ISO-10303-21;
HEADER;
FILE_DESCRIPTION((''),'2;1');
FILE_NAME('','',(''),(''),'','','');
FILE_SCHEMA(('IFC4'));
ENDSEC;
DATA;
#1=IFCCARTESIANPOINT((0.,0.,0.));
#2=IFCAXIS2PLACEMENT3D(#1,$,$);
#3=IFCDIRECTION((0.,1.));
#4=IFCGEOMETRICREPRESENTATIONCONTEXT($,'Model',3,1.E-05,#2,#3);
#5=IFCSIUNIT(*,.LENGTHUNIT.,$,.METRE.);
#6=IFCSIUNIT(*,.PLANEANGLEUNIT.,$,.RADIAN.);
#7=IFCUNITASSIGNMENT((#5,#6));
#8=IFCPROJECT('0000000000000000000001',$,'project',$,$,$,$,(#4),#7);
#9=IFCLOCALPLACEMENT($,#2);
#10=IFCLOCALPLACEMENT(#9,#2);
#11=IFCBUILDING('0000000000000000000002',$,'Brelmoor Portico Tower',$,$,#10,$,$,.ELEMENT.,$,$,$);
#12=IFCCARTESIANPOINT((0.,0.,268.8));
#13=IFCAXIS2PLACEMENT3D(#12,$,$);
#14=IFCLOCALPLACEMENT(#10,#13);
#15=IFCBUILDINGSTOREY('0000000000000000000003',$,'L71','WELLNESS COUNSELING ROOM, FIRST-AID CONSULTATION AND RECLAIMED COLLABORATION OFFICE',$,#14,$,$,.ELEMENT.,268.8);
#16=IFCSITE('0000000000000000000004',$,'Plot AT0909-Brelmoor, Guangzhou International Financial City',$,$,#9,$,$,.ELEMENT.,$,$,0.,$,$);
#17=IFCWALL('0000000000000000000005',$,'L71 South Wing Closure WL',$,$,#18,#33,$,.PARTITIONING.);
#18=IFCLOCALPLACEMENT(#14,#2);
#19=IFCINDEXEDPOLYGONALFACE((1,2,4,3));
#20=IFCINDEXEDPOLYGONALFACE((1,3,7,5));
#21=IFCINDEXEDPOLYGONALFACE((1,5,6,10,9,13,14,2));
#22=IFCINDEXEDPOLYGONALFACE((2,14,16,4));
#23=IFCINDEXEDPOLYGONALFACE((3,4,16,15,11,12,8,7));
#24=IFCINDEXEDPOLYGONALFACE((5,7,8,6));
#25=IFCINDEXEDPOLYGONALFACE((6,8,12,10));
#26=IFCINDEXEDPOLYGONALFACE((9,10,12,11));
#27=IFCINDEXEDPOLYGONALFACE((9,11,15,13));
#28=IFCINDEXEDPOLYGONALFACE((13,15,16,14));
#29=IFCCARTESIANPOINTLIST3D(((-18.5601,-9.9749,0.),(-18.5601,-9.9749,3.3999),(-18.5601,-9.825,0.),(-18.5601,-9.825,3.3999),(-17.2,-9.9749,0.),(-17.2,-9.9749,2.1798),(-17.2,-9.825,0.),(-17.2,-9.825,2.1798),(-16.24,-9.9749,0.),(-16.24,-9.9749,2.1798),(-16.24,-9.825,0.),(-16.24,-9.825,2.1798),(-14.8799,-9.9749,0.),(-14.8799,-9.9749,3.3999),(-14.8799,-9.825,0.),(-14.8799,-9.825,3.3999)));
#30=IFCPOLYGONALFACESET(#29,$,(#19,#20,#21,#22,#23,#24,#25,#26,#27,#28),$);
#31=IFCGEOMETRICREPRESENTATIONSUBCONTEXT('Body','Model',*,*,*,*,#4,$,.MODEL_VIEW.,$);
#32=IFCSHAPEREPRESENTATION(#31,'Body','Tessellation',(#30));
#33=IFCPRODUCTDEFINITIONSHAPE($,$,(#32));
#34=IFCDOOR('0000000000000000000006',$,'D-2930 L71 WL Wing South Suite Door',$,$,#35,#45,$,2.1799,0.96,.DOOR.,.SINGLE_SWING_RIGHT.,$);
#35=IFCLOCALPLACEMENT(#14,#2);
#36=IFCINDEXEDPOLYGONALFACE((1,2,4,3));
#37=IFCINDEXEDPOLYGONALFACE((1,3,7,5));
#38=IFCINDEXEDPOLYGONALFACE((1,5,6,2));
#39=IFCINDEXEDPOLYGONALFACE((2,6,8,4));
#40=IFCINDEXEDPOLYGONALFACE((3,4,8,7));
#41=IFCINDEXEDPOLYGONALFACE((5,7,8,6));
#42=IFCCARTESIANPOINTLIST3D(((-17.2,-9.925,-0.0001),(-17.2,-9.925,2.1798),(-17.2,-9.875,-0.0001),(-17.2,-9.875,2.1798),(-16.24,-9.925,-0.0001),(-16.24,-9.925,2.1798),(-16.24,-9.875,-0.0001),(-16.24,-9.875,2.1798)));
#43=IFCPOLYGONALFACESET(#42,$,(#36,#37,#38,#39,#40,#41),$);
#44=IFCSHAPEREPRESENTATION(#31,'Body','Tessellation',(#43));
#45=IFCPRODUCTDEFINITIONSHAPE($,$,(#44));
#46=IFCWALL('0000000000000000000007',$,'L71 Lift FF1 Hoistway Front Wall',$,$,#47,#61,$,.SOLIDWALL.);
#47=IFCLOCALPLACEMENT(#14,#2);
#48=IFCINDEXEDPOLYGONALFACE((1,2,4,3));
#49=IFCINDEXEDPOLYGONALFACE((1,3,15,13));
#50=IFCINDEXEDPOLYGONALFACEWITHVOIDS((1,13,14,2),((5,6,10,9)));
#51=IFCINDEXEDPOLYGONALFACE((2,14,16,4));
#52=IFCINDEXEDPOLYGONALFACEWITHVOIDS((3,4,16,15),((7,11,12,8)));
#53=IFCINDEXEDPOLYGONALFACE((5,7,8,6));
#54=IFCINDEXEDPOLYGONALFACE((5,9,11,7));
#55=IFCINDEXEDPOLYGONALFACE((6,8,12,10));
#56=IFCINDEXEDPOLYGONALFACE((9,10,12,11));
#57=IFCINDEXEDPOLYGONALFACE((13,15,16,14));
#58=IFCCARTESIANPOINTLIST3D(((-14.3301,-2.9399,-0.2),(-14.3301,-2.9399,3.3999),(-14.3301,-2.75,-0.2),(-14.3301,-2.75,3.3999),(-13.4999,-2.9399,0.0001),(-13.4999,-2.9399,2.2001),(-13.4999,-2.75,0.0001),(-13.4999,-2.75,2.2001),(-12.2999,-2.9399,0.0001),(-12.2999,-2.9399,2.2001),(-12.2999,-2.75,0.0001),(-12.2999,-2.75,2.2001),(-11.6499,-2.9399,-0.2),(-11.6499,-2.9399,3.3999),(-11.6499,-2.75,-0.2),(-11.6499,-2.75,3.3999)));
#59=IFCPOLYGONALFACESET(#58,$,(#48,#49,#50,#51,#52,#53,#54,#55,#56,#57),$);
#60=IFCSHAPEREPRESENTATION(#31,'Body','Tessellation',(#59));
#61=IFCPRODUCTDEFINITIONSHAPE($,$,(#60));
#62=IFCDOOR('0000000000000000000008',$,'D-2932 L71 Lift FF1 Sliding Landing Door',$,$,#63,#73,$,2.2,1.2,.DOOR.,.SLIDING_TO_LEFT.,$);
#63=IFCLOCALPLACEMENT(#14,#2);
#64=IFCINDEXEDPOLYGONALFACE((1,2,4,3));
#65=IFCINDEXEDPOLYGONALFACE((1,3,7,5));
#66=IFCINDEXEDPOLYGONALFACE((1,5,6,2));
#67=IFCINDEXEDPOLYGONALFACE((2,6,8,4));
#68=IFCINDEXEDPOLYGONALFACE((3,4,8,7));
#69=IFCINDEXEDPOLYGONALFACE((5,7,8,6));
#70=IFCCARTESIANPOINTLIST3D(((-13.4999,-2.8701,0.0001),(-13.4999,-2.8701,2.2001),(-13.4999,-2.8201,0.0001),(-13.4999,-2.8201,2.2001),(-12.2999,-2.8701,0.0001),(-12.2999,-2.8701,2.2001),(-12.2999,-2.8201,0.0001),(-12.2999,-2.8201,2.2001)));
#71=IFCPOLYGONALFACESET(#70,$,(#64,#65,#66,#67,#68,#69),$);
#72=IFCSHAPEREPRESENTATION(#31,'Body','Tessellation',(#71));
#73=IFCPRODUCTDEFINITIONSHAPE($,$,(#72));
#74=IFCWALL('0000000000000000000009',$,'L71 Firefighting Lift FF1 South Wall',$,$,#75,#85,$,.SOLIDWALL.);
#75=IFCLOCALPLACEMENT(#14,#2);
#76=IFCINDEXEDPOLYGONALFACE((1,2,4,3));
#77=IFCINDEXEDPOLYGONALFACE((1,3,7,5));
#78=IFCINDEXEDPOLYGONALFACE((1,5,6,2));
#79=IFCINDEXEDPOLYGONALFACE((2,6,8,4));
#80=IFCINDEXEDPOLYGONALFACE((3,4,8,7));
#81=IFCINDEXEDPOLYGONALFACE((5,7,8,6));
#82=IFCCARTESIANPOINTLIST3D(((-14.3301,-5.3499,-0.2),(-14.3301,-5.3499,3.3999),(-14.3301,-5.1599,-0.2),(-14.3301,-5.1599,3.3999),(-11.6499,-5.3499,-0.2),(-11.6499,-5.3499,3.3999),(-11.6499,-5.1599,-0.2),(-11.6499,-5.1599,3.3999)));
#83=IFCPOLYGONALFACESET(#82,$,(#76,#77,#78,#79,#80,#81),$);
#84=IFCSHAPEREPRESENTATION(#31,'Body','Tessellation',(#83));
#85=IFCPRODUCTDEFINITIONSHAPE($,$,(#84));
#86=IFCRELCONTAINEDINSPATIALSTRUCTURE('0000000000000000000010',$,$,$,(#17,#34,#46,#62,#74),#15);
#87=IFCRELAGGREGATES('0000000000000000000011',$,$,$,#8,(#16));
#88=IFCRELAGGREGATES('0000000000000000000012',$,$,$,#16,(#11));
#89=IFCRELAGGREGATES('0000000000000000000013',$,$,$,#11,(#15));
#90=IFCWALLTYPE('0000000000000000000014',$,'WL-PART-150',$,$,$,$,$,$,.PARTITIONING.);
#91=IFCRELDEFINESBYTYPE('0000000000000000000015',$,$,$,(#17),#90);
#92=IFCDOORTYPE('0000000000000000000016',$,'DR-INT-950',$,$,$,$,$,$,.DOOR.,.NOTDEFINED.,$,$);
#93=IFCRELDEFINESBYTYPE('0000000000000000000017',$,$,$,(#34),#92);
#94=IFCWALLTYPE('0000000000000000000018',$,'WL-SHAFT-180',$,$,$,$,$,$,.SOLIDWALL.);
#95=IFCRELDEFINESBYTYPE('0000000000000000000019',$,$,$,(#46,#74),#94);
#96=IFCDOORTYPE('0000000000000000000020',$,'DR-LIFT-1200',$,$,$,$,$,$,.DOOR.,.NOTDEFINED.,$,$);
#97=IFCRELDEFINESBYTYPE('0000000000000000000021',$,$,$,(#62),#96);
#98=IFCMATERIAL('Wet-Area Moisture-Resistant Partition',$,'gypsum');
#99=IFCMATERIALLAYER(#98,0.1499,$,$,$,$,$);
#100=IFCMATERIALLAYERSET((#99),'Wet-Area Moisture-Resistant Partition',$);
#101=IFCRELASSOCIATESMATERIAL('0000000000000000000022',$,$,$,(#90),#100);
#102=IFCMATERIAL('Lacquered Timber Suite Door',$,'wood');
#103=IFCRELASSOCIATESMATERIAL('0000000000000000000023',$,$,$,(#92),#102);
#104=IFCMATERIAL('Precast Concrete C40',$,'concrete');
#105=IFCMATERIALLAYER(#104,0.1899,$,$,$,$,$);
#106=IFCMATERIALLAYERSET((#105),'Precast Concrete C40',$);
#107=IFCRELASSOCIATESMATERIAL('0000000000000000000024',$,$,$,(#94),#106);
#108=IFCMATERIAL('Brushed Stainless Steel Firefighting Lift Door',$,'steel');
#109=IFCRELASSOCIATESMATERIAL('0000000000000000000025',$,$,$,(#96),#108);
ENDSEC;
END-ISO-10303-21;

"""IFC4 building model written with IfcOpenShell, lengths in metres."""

from ifc_helpers import new_model, si_unit, direction, frame, frame_2d, origin, place, context, subcontext, project, spatial, rectangle, extrude, material, layer, layer_set, type_object, element, fill, save


model = new_model("IFC4")

# Units and contexts
model_context = context("Model", 3, precision=1e-05, world=origin(), true_north=direction((0.0, 1.0)))
body_context = subcontext(model_context, "Body", "Model", "MODEL_VIEW")
ifc_project = project(units=[si_unit("LENGTHUNIT", "METRE"), si_unit("PLANEANGLEUNIT", "RADIAN")], contexts=[model_context])

# Site, building, storey
site_placement = place(None, origin())
site = spatial("IfcSite", under=ifc_project, at=site_placement, Name="Plot AT0909-Brelmoor, Guangzhou International Financial City", CompositionType="ELEMENT", RefElevation=0.0)
building_placement = place(site_placement, origin())
building = spatial("IfcBuilding", under=site, at=building_placement, Name="Brelmoor Portico Tower", CompositionType="ELEMENT")
storey_placement = place(building_placement, frame((0.0, 0.0, 268.8)))
storey = spatial("IfcBuildingStorey", under=building, at=storey_placement, Name="L71", Description="WELLNESS COUNSELING ROOM, FIRST-AID CONSULTATION AND RECLAIMED COLLABORATION OFFICE", CompositionType="ELEMENT", Elevation=268.8)

# Walls, openings, doors
ifc_material_1 = material(Name="Wet-Area Moisture-Resistant Partition", Category="gypsum")
ifc_layer_1 = layer(ifc_material_1, 0.1499)
ifc_layer_set_1 = layer_set([ifc_layer_1], Name="Wet-Area Moisture-Resistant Partition")
wall_type_1 = type_object("IfcWallType", Name="WL-PART-150", PredefinedType="PARTITIONING", material=ifc_layer_set_1)
wall_1_placement = place(storey_placement, frame((-18.5601, -9.8999, 0.0), z_axis=(0.0, 0.0, 1.0), x_axis=(1.0, 0.0, 0.0)))
wall_1 = element("IfcWall", 1, at=wall_1_placement, inside=storey, type_object=wall_type_1, Name="L71 South Wing Closure WL", PredefinedType="PARTITIONING", context=body_context, shape_type="SweptSolid", body=[
    extrude(rectangle(XDim=3.6802, YDim=0.1499, at=frame_2d((1.8401, 0.0))), origin(), (0.0, 0.0, 1.0), 3.3999),
])
opening_1_placement = place(wall_1_placement, frame((1.3601, 0.0, 0.0)))
opening_1 = element("IfcOpeningElement", 2, at=opening_1_placement, cuts=wall_1, PredefinedType="OPENING", context=body_context, shape_type="SweptSolid", body=[
    extrude(rectangle(XDim=0.96, YDim=2.1799, at=frame_2d((0.48, 1.0898))), frame((0.0, 0.085, 0.0), z_axis=(0.0, -1.0, 0.0), x_axis=(1.0, 0.0, 0.0)), (0.0, 0.0, 1.0), 0.1699),
])
ifc_material_2 = material(Name="Lacquered Timber Suite Door", Category="wood")
door_type_1 = type_object("IfcDoorType", Name="DR-INT-950", OperationType="NOTDEFINED", PredefinedType="DOOR", material=ifc_material_2)
door_1_placement = place(opening_1_placement, origin())
door_1 = element("IfcDoor", 3, at=door_1_placement, inside=storey, type_object=door_type_1, Name="D-2930 L71 WL Wing South Suite Door", OperationType="SINGLE_SWING_RIGHT", OverallHeight=2.1799, OverallWidth=0.96, PredefinedType="DOOR", context=body_context, shape_type="SweptSolid", body=[
    extrude(rectangle(XDim=0.96, YDim=2.1799, at=frame_2d((0.48, 1.0898))), frame((0.0, 0.0249, 0.0), z_axis=(0.0, -1.0, 0.0), x_axis=(1.0, 0.0, 0.0)), (0.0, 0.0, 1.0), 0.05),
])
fill(opening_1, door_1)
ifc_material_3 = material(Name="Precast Concrete C40", Category="concrete")
ifc_layer_2 = layer(ifc_material_3, 0.1899)
ifc_layer_set_2 = layer_set([ifc_layer_2], Name="Precast Concrete C40")
wall_type_2 = type_object("IfcWallType", Name="WL-SHAFT-180", PredefinedType="SOLIDWALL", material=ifc_layer_set_2)
wall_2_placement = place(storey_placement, frame((-14.3301, -2.845, -0.2), z_axis=(0.0, 0.0, 1.0), x_axis=(1.0, 0.0, 0.0)))
wall_2 = element("IfcWall", 4, at=wall_2_placement, inside=storey, type_object=wall_type_2, Name="L71 Lift FF1 Hoistway Front Wall", PredefinedType="SOLIDWALL", context=body_context, shape_type="SweptSolid", body=[
    extrude(rectangle(XDim=2.6802, YDim=0.1899, at=frame_2d((1.3401, 0.0))), origin(), (0.0, 0.0, 1.0), 3.5999),
])
opening_2_placement = place(wall_2_placement, frame((0.8301, 0.0, 0.2)))
opening_2 = element("IfcOpeningElement", 5, at=opening_2_placement, cuts=wall_2, PredefinedType="OPENING", context=body_context, shape_type="SweptSolid", body=[
    extrude(rectangle(XDim=1.2, YDim=2.2, at=frame_2d((0.6001, 1.1001))), frame((0.0, 0.105, 0.0), z_axis=(0.0, -1.0, 0.0), x_axis=(1.0, 0.0, 0.0)), (0.0, 0.0, 1.0), 0.21),
])
ifc_material_4 = material(Name="Brushed Stainless Steel Firefighting Lift Door", Category="steel")
door_type_2 = type_object("IfcDoorType", Name="DR-LIFT-1200", OperationType="NOTDEFINED", PredefinedType="DOOR", material=ifc_material_4)
door_2_placement = place(opening_2_placement, origin())
door_2 = element("IfcDoor", 6, at=door_2_placement, inside=storey, type_object=door_type_2, Name="D-2932 L71 Lift FF1 Sliding Landing Door", OperationType="SLIDING_TO_LEFT", OverallHeight=2.2, OverallWidth=1.2, PredefinedType="DOOR", context=body_context, shape_type="SweptSolid", body=[
    extrude(rectangle(XDim=1.2, YDim=2.2, at=frame_2d((0.6001, 1.1001))), frame((0.0, 0.0249, 0.0), z_axis=(0.0, -1.0, 0.0), x_axis=(1.0, 0.0, 0.0)), (0.0, 0.0, 1.0), 0.05),
])
fill(opening_2, door_2)

# Wall
wall_3_placement = place(storey_placement, frame((-14.3301, -5.2549, -0.2), z_axis=(0.0, 0.0, 1.0), x_axis=(1.0, 0.0, 0.0)))
element("IfcWall", 7, at=wall_3_placement, inside=storey, type_object=wall_type_2, Name="L71 Firefighting Lift FF1 South Wall", PredefinedType="SOLIDWALL", context=body_context, shape_type="SweptSolid", body=[
    extrude(rectangle(XDim=2.6802, YDim=0.1899, at=frame_2d((1.3401, 0.0))), origin(), (0.0, 0.0, 1.0), 3.5999),
])

save(model, "model.ifc")
